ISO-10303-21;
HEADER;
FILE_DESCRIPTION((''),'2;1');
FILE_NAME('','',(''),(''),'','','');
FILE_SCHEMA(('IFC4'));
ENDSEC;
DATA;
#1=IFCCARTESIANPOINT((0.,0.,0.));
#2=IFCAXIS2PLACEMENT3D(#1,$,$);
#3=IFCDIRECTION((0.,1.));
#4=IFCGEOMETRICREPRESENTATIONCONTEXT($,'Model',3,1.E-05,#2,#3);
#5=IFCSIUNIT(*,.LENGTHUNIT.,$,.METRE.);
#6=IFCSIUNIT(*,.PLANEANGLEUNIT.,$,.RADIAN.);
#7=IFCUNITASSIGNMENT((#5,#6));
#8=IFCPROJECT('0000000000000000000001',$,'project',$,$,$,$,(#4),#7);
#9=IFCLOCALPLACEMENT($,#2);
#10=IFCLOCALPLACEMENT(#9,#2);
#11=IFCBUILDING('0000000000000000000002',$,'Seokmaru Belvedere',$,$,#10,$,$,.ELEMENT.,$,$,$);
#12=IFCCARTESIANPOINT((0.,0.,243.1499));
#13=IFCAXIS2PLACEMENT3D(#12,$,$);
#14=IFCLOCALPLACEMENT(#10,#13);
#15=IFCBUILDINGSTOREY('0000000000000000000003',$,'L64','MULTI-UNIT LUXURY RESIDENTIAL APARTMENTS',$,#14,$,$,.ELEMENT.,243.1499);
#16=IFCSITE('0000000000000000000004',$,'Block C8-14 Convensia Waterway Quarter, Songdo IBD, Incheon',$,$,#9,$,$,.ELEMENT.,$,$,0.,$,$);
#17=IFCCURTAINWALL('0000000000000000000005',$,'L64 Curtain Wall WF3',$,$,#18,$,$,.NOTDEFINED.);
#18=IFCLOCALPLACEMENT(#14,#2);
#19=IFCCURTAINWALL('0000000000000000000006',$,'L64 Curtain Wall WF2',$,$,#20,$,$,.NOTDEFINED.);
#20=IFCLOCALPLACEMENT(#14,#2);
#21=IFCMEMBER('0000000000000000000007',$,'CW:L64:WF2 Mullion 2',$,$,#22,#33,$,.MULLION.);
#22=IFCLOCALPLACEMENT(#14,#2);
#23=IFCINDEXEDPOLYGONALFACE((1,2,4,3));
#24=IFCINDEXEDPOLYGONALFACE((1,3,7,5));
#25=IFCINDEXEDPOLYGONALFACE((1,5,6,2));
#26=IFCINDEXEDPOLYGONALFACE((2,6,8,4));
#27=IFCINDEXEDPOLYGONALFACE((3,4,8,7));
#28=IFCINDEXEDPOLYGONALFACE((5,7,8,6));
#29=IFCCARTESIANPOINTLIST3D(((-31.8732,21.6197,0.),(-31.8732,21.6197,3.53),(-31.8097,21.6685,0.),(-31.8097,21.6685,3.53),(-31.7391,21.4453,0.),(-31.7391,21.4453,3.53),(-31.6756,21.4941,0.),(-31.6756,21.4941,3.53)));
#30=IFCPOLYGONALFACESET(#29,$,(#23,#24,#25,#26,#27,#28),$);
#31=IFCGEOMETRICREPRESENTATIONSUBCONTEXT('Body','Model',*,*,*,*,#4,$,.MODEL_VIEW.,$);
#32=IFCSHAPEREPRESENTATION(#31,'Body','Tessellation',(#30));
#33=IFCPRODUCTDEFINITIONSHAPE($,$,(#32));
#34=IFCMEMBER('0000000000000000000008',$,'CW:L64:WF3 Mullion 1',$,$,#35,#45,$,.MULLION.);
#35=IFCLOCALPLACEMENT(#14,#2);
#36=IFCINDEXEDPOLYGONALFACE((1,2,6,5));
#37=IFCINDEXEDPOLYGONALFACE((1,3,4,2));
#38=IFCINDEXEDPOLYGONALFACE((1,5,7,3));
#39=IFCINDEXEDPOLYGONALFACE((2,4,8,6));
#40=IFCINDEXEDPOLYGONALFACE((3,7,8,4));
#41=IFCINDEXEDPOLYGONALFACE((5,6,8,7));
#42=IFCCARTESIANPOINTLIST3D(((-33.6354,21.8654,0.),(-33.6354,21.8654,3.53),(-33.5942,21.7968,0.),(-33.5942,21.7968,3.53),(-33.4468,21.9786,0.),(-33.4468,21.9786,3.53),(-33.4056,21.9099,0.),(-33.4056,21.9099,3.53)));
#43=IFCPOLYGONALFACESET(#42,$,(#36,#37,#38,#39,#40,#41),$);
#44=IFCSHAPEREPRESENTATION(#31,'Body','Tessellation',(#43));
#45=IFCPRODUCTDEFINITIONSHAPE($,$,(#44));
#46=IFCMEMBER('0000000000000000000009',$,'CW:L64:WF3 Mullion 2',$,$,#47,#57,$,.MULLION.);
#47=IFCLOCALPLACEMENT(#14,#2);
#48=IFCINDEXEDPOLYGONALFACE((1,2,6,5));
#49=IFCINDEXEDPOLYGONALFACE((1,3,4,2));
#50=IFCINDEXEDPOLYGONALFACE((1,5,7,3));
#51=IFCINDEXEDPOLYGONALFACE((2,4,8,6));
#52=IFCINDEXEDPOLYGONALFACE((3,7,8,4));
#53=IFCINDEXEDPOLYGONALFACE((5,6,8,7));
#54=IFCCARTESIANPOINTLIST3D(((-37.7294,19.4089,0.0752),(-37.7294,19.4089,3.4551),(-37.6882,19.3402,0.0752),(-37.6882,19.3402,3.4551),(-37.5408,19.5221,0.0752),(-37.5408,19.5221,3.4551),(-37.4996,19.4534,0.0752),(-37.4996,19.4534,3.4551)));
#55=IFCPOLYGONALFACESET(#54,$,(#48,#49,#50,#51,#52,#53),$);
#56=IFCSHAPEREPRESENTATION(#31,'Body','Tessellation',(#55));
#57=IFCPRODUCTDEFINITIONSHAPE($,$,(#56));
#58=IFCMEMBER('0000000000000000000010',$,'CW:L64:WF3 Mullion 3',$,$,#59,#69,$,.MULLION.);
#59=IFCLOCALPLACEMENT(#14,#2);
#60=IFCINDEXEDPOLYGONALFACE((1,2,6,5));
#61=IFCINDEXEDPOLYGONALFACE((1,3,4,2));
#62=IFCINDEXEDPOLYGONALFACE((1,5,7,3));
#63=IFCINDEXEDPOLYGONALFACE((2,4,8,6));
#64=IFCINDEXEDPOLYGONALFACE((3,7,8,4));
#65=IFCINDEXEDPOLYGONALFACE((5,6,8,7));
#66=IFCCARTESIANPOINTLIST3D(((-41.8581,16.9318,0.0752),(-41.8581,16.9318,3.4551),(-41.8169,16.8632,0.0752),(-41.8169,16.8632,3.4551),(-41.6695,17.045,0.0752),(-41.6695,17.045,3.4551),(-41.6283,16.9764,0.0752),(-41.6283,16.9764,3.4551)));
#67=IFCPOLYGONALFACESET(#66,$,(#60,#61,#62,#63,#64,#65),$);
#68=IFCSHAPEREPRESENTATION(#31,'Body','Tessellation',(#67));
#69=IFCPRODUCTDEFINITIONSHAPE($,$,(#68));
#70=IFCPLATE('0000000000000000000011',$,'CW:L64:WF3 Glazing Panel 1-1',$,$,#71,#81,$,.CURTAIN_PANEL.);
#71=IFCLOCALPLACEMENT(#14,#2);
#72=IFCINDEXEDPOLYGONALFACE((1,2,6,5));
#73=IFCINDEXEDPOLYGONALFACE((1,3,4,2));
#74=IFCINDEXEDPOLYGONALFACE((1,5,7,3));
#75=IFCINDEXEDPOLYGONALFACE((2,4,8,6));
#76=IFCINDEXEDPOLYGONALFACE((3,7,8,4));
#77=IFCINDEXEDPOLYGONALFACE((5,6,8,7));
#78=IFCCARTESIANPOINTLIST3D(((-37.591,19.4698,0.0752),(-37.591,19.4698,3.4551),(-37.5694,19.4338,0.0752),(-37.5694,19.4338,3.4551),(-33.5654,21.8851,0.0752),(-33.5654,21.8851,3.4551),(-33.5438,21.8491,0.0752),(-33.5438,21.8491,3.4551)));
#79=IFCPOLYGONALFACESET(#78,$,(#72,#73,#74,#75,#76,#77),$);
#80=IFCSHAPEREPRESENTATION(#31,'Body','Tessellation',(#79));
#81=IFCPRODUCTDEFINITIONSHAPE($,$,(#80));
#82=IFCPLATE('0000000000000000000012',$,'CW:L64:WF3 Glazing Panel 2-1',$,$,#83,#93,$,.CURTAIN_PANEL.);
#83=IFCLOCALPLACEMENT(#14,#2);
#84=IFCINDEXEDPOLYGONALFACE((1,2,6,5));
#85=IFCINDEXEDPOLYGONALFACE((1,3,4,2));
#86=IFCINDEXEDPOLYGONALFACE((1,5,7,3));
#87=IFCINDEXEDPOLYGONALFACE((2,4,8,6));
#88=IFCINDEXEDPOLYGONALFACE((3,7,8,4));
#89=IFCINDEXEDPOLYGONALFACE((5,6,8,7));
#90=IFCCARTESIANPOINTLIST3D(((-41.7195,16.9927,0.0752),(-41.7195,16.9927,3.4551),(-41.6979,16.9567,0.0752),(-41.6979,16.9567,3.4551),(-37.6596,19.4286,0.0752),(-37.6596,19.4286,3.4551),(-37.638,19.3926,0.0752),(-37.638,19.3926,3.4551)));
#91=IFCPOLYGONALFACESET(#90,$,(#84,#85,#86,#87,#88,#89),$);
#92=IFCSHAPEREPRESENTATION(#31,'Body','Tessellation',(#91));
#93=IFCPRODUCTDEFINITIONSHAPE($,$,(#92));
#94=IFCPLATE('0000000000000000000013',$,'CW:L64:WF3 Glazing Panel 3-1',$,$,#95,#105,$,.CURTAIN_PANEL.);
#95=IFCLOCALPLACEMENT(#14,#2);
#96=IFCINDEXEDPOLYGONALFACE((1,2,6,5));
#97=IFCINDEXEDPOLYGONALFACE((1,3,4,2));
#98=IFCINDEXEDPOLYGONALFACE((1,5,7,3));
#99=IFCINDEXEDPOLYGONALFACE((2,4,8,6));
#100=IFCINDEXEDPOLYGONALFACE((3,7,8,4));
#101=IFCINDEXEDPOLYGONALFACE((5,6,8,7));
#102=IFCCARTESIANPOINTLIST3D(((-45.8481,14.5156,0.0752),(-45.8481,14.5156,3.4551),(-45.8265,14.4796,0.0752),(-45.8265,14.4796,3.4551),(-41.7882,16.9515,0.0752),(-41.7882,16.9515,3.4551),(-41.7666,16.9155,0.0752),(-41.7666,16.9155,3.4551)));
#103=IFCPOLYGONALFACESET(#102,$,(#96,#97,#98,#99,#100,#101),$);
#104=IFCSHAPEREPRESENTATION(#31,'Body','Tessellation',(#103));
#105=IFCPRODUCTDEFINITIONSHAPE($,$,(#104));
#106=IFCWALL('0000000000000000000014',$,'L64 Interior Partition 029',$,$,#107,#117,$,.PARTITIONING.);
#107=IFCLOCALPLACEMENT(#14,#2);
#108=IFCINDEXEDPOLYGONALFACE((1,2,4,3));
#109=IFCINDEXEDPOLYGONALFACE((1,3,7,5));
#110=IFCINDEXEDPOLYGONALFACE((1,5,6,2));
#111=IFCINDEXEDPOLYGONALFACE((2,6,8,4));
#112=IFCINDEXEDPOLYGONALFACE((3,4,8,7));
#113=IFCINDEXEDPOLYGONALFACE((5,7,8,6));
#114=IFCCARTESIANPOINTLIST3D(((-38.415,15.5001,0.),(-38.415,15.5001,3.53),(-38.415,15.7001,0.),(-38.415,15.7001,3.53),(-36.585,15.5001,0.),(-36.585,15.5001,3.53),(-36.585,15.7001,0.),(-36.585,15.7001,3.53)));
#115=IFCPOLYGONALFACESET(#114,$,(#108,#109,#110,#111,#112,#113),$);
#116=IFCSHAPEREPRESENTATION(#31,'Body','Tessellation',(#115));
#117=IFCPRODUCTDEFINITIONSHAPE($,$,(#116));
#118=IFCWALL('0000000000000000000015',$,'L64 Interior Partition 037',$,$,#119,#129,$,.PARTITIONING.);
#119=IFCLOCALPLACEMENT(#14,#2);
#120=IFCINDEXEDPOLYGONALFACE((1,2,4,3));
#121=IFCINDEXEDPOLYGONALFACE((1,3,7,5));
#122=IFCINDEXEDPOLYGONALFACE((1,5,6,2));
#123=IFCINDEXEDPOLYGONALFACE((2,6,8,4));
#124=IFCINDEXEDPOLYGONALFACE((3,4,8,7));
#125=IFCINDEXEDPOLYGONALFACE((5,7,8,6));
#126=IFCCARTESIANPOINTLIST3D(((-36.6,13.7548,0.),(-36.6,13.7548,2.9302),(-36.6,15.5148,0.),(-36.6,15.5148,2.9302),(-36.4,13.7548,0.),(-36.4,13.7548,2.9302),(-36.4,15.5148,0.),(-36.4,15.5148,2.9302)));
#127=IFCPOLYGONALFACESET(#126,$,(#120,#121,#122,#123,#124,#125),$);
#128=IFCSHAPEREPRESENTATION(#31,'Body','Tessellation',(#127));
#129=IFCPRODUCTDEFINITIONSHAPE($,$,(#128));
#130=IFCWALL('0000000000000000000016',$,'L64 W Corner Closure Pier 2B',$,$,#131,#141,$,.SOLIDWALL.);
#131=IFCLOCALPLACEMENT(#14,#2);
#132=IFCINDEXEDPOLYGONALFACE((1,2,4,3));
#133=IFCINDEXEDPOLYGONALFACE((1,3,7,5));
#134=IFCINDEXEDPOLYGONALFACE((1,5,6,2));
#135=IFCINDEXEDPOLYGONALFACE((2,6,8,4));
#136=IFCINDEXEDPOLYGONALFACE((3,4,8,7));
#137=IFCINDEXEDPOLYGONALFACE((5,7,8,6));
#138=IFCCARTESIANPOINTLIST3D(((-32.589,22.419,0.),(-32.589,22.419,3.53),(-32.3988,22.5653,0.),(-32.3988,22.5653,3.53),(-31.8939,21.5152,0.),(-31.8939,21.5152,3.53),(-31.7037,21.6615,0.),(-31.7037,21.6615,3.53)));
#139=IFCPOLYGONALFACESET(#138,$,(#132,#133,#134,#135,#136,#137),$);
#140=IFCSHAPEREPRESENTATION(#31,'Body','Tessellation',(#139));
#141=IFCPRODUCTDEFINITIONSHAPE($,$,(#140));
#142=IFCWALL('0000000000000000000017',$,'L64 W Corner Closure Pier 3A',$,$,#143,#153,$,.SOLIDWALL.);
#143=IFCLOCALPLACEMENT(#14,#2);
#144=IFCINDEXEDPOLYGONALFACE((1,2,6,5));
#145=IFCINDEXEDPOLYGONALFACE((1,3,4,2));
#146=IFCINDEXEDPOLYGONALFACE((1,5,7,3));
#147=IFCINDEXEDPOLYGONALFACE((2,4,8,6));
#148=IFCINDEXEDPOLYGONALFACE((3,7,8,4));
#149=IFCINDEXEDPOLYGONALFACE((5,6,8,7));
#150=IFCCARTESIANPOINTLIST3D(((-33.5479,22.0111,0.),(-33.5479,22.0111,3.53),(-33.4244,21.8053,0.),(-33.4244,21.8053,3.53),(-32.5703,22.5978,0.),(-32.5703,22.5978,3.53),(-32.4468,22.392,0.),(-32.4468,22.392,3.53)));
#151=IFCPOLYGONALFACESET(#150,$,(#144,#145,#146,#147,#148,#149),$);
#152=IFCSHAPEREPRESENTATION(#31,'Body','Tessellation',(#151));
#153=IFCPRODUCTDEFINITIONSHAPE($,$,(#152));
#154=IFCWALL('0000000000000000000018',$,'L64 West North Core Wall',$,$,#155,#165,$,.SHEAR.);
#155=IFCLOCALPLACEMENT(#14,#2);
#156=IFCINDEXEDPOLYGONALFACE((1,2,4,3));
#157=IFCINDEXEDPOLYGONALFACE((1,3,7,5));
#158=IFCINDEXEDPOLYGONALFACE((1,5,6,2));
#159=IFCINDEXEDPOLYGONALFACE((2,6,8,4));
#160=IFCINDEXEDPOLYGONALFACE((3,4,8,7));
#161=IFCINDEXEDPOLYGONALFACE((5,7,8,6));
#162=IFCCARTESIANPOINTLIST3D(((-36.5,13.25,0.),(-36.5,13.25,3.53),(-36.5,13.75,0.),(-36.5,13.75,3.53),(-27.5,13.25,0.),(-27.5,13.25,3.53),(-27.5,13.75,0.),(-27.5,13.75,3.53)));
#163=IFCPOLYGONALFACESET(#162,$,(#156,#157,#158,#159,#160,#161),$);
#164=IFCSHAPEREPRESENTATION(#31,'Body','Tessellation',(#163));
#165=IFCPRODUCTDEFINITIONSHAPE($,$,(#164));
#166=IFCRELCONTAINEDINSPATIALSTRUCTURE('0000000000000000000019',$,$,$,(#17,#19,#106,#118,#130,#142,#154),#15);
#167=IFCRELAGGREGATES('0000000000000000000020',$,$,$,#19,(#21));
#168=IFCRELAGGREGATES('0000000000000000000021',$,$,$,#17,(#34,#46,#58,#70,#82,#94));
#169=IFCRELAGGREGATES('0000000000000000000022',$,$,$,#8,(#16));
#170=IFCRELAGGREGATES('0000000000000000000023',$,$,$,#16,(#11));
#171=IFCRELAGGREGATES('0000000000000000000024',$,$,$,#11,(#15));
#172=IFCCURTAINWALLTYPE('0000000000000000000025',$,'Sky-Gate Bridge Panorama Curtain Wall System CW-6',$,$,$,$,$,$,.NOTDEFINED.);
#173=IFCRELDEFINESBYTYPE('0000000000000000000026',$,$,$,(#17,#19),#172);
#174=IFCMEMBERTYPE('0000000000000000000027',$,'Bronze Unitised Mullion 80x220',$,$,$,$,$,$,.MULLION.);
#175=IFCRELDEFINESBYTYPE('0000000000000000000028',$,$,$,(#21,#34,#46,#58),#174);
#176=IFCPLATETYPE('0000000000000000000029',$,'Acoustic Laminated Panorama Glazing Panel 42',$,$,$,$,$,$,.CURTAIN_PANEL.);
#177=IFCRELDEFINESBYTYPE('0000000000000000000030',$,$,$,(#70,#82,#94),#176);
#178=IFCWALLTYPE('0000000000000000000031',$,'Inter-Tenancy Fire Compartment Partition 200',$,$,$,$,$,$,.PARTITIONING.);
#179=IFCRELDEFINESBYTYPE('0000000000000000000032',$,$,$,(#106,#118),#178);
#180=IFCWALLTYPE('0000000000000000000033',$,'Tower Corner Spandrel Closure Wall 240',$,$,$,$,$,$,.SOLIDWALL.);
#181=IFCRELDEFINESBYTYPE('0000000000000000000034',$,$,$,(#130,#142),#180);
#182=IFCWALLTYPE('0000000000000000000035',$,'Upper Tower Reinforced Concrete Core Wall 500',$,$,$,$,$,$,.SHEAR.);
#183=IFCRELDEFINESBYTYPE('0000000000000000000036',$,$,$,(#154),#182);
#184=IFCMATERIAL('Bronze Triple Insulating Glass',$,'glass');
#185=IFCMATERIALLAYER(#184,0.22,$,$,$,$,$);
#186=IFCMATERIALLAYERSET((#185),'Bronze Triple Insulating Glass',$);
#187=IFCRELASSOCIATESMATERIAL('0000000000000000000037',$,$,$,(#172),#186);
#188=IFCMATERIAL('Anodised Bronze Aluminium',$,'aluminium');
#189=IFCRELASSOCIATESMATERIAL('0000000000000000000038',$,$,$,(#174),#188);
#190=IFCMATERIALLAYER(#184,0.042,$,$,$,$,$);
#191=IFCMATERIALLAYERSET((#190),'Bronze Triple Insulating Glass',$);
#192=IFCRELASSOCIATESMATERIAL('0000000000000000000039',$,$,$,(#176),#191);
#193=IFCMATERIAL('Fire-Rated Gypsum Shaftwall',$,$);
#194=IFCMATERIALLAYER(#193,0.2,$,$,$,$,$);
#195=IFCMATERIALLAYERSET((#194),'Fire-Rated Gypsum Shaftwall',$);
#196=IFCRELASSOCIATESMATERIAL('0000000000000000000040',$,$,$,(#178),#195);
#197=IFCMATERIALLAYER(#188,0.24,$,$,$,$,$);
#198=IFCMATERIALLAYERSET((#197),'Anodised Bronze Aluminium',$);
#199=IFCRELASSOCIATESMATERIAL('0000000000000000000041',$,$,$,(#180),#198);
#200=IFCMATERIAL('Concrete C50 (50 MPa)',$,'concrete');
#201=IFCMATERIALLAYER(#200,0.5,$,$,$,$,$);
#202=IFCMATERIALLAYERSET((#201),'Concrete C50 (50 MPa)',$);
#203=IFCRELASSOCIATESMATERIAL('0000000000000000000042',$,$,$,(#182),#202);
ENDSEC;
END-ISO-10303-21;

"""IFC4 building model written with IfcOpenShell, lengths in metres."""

from ifc_helpers import new_model, si_unit, direction, frame, frame_2d, origin, origin_2d, place, context, subcontext, project, spatial, rectangle, extrude, source, transform, mapped, material, layer, layer_set, material_profile, profile_set, type_object, type_shapes, element, aggregate, save


model = new_model("IFC4")

# Units and contexts
model_context = context("Model", 3, precision=1e-05, world=origin(), true_north=direction((0.0, 1.0)))
body_context = subcontext(model_context, "Body", "Model", "MODEL_VIEW")
ifc_project = project(units=[si_unit("LENGTHUNIT", "METRE"), si_unit("PLANEANGLEUNIT", "RADIAN")], contexts=[model_context])

# Site, building, storey
site_placement = place(None, origin())
site = spatial("IfcSite", under=ifc_project, at=site_placement, Name="Block C8-14 Convensia Waterway Quarter, Songdo IBD, Incheon", CompositionType="ELEMENT", RefElevation=0.0)
building_placement = place(site_placement, origin())
building = spatial("IfcBuilding", under=site, at=building_placement, Name="Seokmaru Belvedere", CompositionType="ELEMENT")
storey_placement = place(building_placement, frame((0.0, 0.0, 243.1499)))
storey = spatial("IfcBuildingStorey", under=building, at=storey_placement, Name="L64", Description="MULTI-UNIT LUXURY RESIDENTIAL APARTMENTS", CompositionType="ELEMENT", Elevation=243.1499)

# Curtain wall
ifc_material_1 = material(Name="Bronze Triple Insulating Glass", Category="glass")
ifc_layer_1 = layer(ifc_material_1, 0.22)
ifc_layer_set_1 = layer_set([ifc_layer_1], Name="Bronze Triple Insulating Glass")
curtain_wall_type = type_object("IfcCurtainWallType", Name="Sky-Gate Bridge Panorama Curtain Wall System CW-6", PredefinedType="NOTDEFINED", material=ifc_layer_set_1)
curtain_wall_1_placement = place(storey_placement, origin())
curtain_wall_1 = element("IfcCurtainWall", 1, at=curtain_wall_1_placement, inside=storey, type_object=curtain_wall_type, Name="L64 Curtain Wall WF3", PredefinedType="NOTDEFINED")
ifc_material_2 = material(Name="Anodised Bronze Aluminium", Category="aluminium")

# Curtain wall, member
curtain_wall_2_placement = place(storey_placement, origin())
curtain_wall_2 = element("IfcCurtainWall", 2, at=curtain_wall_2_placement, inside=storey, type_object=curtain_wall_type, Name="L64 Curtain Wall WF2", PredefinedType="NOTDEFINED")
ifc_material_profile_1 = material_profile(ifc_material_2, rectangle(XDim=0.0801, YDim=0.22, at=origin_2d()), Name="CW-M-80x220")
ifc_profile_set_1 = profile_set([ifc_material_profile_1], Name="Anodised Bronze Aluminium")
member_type_1 = type_object("IfcMemberType", Name="Bronze Unitised Mullion 80x220", PredefinedType="MULLION", material=ifc_profile_set_1)
shared_shape_1 = source(origin(), body_context, "Body", "SweptSolid", [
    extrude(rectangle(XDim=0.0801, YDim=0.22, at=origin_2d()), origin(), (0.0, 0.0, 1.0), 3.53),
])
member_1_placement = place(storey_placement, frame((-31.7744, 21.5569, 0.0), z_axis=(0.0, 0.0, 1.0), x_axis=(-0.792631, -0.609701, 0.0)))
member_1 = element("IfcMember", 3, at=member_1_placement, type_object=member_type_1, Name="CW:L64:WF2 Mullion 2", PredefinedType="MULLION", context=body_context, shape_type="MappedRepresentation", body=[
    mapped(shared_shape_1, transform((0.0, 0.0, 0.0), scale=1.0)),
])
aggregate(curtain_wall_2, [member_1])

# Members
member_2_placement = place(storey_placement, frame((-33.5205, 21.8877, 0.0), z_axis=(0.0, 0.0, 1.0), x_axis=(0.514495, -0.857493, 0.0)))
member_2 = element("IfcMember", 4, at=member_2_placement, type_object=member_type_1, Name="CW:L64:WF3 Mullion 1", PredefinedType="MULLION", context=body_context, shape_type="MappedRepresentation", body=[
    mapped(shared_shape_1, transform((0.0, 0.0, 0.0), scale=1.0)),
])
shared_shape_2 = source(origin(), body_context, "Body", "SweptSolid", [
    extrude(rectangle(XDim=0.0801, YDim=0.22, at=origin_2d()), origin(), (0.0, 0.0, 1.0), 3.3799),
])
type_shapes(member_type_1, [shared_shape_1, shared_shape_2])
member_3_placement = place(storey_placement, frame((-37.6145, 19.4312, 0.0752), z_axis=(0.0, 0.0, 1.0), x_axis=(0.514495, -0.857493, 0.0)))
member_3 = element("IfcMember", 5, at=member_3_placement, type_object=member_type_1, Name="CW:L64:WF3 Mullion 2", PredefinedType="MULLION", context=body_context, shape_type="MappedRepresentation", body=[
    mapped(shared_shape_2, transform((0.0, 0.0, 0.0), scale=1.0)),
])
member_4_placement = place(storey_placement, frame((-41.7432, 16.9541, 0.0752), z_axis=(0.0, 0.0, 1.0), x_axis=(0.514495, -0.857493, 0.0)))
member_4 = element("IfcMember", 6, at=member_4_placement, type_object=member_type_1, Name="CW:L64:WF3 Mullion 3", PredefinedType="MULLION", context=body_context, shape_type="MappedRepresentation", body=[
    mapped(shared_shape_2, transform((0.0, 0.0, 0.0), scale=1.0)),
])

# Plates
ifc_layer_2 = layer(ifc_material_1, 0.042)
ifc_layer_set_2 = layer_set([ifc_layer_2], Name="Bronze Triple Insulating Glass")
plate_type = type_object("IfcPlateType", Name="Acoustic Laminated Panorama Glazing Panel 42", PredefinedType="CURTAIN_PANEL", material=ifc_layer_set_2)
shared_shape_3 = source(origin(), body_context, "Body", "SweptSolid", [
    extrude(rectangle(XDim=4.6946, YDim=0.042, at=origin_2d()), origin(), (0.0, 0.0, 1.0), 3.3799),
])
plate_1_placement = place(storey_placement, frame((-35.5674, 20.6594, 0.0752), z_axis=(0.0, 0.0, 1.0), x_axis=(-0.857493, -0.514495, 0.0)))
plate_1 = element("IfcPlate", 7, at=plate_1_placement, type_object=plate_type, Name="CW:L64:WF3 Glazing Panel 1-1", PredefinedType="CURTAIN_PANEL", context=body_context, shape_type="MappedRepresentation", body=[
    mapped(shared_shape_3, transform((0.0, 0.0, 0.0), scale=1.0)),
])
shared_shape_4 = source(origin(), body_context, "Body", "SweptSolid", [
    extrude(rectangle(XDim=4.7346, YDim=0.042, at=origin_2d()), origin(), (0.0, 0.0, 1.0), 3.3799),
])
type_shapes(plate_type, [shared_shape_3, shared_shape_4])
plate_2_placement = place(storey_placement, frame((-39.6787, 18.1926, 0.0752), z_axis=(0.0, 0.0, 1.0), x_axis=(-0.857493, -0.514495, 0.0)))
plate_2 = element("IfcPlate", 8, at=plate_2_placement, type_object=plate_type, Name="CW:L64:WF3 Glazing Panel 2-1", PredefinedType="CURTAIN_PANEL", context=body_context, shape_type="MappedRepresentation", body=[
    mapped(shared_shape_4, transform((0.0, 0.0, 0.0), scale=1.0)),
])
plate_3_placement = place(storey_placement, frame((-43.8074, 15.7156, 0.0752), z_axis=(0.0, 0.0, 1.0), x_axis=(-0.857493, -0.514495, 0.0)))
plate_3 = element("IfcPlate", 9, at=plate_3_placement, type_object=plate_type, Name="CW:L64:WF3 Glazing Panel 3-1", PredefinedType="CURTAIN_PANEL", context=body_context, shape_type="MappedRepresentation", body=[
    mapped(shared_shape_4, transform((0.0, 0.0, 0.0), scale=1.0)),
])
aggregate(curtain_wall_1, [member_2, member_3, member_4, plate_1, plate_2, plate_3])

# Walls
ifc_material_3 = material(Name="Fire-Rated Gypsum Shaftwall")
ifc_layer_3 = layer(ifc_material_3, 0.2)
ifc_layer_set_3 = layer_set([ifc_layer_3], Name="Fire-Rated Gypsum Shaftwall")
wall_type_1 = type_object("IfcWallType", Name="Inter-Tenancy Fire Compartment Partition 200", PredefinedType="PARTITIONING", material=ifc_layer_set_3)
wall_1_placement = place(storey_placement, frame((-38.415, 15.6001, 0.0), z_axis=(0.0, 0.0, 1.0), x_axis=(1.0, 0.0, 0.0)))
element("IfcWall", 10, at=wall_1_placement, inside=storey, type_object=wall_type_1, Name="L64 Interior Partition 029", PredefinedType="PARTITIONING", context=body_context, shape_type="SweptSolid", body=[
    extrude(rectangle(XDim=1.8301, YDim=0.2, at=frame_2d((0.915, 0.0))), origin(), (0.0, 0.0, 1.0), 3.53),
])
wall_2_placement = place(storey_placement, frame((-36.5, 13.7549, 0.0), z_axis=(0.0, 0.0, 1.0), x_axis=(0.0, 1.0, 0.0)))
element("IfcWall", 11, at=wall_2_placement, inside=storey, type_object=wall_type_1, Name="L64 Interior Partition 037", PredefinedType="PARTITIONING", context=body_context, shape_type="SweptSolid", body=[
    extrude(rectangle(XDim=1.76, YDim=0.2, at=frame_2d((0.8799, 0.0))), origin(), (0.0, 0.0, 1.0), 2.9302),
])
ifc_layer_4 = layer(ifc_material_2, 0.24)
ifc_layer_set_4 = layer_set([ifc_layer_4], Name="Anodised Bronze Aluminium")
wall_type_2 = type_object("IfcWallType", Name="Tower Corner Spandrel Closure Wall 240", PredefinedType="SOLIDWALL", material=ifc_layer_set_4)
for number, where, z_axis, x_axis, name in (
    (12, (-31.7988, 21.5884, 0.0), (0.0, 0.0, 1.0), (-0.609618, 0.792696, 0.0), "L64 W Corner Closure Pier 2B"),
    (13, (-32.5085, 22.4949, 0.0), (0.0, 0.0, 1.0), (-0.857436, -0.51459, 0.0), "L64 W Corner Closure Pier 3A"),
):
    element("IfcWall", number, at=place(storey_placement, frame(where, z_axis=z_axis, x_axis=x_axis)), inside=storey, type_object=wall_type_2, Name=name, PredefinedType="SOLIDWALL", context=body_context, shape_type="SweptSolid", body=[
        extrude(rectangle(XDim=1.1401, YDim=0.24, at=frame_2d((0.5701, 0.0))), origin(), (0.0, 0.0, 1.0), 3.53),
    ])
ifc_material_4 = material(Name="Concrete C50 (50 MPa)", Category="concrete")
ifc_layer_5 = layer(ifc_material_4, 0.5)
ifc_layer_set_5 = layer_set([ifc_layer_5], Name="Concrete C50 (50 MPa)")
wall_type_3 = type_object("IfcWallType", Name="Upper Tower Reinforced Concrete Core Wall 500", PredefinedType="SHEAR", material=ifc_layer_set_5)
wall_3_placement = place(storey_placement, frame((-36.5, 13.5, 0.0), z_axis=(0.0, 0.0, 1.0), x_axis=(1.0, 0.0, 0.0)))
element("IfcWall", 14, at=wall_3_placement, inside=storey, type_object=wall_type_3, Name="L64 West North Core Wall", PredefinedType="SHEAR", context=body_context, shape_type="SweptSolid", body=[
    extrude(rectangle(XDim=9.0, YDim=0.5, at=frame_2d((4.5, 0.0))), origin(), (0.0, 0.0, 1.0), 3.53),
])

save(model, "model.ifc")
